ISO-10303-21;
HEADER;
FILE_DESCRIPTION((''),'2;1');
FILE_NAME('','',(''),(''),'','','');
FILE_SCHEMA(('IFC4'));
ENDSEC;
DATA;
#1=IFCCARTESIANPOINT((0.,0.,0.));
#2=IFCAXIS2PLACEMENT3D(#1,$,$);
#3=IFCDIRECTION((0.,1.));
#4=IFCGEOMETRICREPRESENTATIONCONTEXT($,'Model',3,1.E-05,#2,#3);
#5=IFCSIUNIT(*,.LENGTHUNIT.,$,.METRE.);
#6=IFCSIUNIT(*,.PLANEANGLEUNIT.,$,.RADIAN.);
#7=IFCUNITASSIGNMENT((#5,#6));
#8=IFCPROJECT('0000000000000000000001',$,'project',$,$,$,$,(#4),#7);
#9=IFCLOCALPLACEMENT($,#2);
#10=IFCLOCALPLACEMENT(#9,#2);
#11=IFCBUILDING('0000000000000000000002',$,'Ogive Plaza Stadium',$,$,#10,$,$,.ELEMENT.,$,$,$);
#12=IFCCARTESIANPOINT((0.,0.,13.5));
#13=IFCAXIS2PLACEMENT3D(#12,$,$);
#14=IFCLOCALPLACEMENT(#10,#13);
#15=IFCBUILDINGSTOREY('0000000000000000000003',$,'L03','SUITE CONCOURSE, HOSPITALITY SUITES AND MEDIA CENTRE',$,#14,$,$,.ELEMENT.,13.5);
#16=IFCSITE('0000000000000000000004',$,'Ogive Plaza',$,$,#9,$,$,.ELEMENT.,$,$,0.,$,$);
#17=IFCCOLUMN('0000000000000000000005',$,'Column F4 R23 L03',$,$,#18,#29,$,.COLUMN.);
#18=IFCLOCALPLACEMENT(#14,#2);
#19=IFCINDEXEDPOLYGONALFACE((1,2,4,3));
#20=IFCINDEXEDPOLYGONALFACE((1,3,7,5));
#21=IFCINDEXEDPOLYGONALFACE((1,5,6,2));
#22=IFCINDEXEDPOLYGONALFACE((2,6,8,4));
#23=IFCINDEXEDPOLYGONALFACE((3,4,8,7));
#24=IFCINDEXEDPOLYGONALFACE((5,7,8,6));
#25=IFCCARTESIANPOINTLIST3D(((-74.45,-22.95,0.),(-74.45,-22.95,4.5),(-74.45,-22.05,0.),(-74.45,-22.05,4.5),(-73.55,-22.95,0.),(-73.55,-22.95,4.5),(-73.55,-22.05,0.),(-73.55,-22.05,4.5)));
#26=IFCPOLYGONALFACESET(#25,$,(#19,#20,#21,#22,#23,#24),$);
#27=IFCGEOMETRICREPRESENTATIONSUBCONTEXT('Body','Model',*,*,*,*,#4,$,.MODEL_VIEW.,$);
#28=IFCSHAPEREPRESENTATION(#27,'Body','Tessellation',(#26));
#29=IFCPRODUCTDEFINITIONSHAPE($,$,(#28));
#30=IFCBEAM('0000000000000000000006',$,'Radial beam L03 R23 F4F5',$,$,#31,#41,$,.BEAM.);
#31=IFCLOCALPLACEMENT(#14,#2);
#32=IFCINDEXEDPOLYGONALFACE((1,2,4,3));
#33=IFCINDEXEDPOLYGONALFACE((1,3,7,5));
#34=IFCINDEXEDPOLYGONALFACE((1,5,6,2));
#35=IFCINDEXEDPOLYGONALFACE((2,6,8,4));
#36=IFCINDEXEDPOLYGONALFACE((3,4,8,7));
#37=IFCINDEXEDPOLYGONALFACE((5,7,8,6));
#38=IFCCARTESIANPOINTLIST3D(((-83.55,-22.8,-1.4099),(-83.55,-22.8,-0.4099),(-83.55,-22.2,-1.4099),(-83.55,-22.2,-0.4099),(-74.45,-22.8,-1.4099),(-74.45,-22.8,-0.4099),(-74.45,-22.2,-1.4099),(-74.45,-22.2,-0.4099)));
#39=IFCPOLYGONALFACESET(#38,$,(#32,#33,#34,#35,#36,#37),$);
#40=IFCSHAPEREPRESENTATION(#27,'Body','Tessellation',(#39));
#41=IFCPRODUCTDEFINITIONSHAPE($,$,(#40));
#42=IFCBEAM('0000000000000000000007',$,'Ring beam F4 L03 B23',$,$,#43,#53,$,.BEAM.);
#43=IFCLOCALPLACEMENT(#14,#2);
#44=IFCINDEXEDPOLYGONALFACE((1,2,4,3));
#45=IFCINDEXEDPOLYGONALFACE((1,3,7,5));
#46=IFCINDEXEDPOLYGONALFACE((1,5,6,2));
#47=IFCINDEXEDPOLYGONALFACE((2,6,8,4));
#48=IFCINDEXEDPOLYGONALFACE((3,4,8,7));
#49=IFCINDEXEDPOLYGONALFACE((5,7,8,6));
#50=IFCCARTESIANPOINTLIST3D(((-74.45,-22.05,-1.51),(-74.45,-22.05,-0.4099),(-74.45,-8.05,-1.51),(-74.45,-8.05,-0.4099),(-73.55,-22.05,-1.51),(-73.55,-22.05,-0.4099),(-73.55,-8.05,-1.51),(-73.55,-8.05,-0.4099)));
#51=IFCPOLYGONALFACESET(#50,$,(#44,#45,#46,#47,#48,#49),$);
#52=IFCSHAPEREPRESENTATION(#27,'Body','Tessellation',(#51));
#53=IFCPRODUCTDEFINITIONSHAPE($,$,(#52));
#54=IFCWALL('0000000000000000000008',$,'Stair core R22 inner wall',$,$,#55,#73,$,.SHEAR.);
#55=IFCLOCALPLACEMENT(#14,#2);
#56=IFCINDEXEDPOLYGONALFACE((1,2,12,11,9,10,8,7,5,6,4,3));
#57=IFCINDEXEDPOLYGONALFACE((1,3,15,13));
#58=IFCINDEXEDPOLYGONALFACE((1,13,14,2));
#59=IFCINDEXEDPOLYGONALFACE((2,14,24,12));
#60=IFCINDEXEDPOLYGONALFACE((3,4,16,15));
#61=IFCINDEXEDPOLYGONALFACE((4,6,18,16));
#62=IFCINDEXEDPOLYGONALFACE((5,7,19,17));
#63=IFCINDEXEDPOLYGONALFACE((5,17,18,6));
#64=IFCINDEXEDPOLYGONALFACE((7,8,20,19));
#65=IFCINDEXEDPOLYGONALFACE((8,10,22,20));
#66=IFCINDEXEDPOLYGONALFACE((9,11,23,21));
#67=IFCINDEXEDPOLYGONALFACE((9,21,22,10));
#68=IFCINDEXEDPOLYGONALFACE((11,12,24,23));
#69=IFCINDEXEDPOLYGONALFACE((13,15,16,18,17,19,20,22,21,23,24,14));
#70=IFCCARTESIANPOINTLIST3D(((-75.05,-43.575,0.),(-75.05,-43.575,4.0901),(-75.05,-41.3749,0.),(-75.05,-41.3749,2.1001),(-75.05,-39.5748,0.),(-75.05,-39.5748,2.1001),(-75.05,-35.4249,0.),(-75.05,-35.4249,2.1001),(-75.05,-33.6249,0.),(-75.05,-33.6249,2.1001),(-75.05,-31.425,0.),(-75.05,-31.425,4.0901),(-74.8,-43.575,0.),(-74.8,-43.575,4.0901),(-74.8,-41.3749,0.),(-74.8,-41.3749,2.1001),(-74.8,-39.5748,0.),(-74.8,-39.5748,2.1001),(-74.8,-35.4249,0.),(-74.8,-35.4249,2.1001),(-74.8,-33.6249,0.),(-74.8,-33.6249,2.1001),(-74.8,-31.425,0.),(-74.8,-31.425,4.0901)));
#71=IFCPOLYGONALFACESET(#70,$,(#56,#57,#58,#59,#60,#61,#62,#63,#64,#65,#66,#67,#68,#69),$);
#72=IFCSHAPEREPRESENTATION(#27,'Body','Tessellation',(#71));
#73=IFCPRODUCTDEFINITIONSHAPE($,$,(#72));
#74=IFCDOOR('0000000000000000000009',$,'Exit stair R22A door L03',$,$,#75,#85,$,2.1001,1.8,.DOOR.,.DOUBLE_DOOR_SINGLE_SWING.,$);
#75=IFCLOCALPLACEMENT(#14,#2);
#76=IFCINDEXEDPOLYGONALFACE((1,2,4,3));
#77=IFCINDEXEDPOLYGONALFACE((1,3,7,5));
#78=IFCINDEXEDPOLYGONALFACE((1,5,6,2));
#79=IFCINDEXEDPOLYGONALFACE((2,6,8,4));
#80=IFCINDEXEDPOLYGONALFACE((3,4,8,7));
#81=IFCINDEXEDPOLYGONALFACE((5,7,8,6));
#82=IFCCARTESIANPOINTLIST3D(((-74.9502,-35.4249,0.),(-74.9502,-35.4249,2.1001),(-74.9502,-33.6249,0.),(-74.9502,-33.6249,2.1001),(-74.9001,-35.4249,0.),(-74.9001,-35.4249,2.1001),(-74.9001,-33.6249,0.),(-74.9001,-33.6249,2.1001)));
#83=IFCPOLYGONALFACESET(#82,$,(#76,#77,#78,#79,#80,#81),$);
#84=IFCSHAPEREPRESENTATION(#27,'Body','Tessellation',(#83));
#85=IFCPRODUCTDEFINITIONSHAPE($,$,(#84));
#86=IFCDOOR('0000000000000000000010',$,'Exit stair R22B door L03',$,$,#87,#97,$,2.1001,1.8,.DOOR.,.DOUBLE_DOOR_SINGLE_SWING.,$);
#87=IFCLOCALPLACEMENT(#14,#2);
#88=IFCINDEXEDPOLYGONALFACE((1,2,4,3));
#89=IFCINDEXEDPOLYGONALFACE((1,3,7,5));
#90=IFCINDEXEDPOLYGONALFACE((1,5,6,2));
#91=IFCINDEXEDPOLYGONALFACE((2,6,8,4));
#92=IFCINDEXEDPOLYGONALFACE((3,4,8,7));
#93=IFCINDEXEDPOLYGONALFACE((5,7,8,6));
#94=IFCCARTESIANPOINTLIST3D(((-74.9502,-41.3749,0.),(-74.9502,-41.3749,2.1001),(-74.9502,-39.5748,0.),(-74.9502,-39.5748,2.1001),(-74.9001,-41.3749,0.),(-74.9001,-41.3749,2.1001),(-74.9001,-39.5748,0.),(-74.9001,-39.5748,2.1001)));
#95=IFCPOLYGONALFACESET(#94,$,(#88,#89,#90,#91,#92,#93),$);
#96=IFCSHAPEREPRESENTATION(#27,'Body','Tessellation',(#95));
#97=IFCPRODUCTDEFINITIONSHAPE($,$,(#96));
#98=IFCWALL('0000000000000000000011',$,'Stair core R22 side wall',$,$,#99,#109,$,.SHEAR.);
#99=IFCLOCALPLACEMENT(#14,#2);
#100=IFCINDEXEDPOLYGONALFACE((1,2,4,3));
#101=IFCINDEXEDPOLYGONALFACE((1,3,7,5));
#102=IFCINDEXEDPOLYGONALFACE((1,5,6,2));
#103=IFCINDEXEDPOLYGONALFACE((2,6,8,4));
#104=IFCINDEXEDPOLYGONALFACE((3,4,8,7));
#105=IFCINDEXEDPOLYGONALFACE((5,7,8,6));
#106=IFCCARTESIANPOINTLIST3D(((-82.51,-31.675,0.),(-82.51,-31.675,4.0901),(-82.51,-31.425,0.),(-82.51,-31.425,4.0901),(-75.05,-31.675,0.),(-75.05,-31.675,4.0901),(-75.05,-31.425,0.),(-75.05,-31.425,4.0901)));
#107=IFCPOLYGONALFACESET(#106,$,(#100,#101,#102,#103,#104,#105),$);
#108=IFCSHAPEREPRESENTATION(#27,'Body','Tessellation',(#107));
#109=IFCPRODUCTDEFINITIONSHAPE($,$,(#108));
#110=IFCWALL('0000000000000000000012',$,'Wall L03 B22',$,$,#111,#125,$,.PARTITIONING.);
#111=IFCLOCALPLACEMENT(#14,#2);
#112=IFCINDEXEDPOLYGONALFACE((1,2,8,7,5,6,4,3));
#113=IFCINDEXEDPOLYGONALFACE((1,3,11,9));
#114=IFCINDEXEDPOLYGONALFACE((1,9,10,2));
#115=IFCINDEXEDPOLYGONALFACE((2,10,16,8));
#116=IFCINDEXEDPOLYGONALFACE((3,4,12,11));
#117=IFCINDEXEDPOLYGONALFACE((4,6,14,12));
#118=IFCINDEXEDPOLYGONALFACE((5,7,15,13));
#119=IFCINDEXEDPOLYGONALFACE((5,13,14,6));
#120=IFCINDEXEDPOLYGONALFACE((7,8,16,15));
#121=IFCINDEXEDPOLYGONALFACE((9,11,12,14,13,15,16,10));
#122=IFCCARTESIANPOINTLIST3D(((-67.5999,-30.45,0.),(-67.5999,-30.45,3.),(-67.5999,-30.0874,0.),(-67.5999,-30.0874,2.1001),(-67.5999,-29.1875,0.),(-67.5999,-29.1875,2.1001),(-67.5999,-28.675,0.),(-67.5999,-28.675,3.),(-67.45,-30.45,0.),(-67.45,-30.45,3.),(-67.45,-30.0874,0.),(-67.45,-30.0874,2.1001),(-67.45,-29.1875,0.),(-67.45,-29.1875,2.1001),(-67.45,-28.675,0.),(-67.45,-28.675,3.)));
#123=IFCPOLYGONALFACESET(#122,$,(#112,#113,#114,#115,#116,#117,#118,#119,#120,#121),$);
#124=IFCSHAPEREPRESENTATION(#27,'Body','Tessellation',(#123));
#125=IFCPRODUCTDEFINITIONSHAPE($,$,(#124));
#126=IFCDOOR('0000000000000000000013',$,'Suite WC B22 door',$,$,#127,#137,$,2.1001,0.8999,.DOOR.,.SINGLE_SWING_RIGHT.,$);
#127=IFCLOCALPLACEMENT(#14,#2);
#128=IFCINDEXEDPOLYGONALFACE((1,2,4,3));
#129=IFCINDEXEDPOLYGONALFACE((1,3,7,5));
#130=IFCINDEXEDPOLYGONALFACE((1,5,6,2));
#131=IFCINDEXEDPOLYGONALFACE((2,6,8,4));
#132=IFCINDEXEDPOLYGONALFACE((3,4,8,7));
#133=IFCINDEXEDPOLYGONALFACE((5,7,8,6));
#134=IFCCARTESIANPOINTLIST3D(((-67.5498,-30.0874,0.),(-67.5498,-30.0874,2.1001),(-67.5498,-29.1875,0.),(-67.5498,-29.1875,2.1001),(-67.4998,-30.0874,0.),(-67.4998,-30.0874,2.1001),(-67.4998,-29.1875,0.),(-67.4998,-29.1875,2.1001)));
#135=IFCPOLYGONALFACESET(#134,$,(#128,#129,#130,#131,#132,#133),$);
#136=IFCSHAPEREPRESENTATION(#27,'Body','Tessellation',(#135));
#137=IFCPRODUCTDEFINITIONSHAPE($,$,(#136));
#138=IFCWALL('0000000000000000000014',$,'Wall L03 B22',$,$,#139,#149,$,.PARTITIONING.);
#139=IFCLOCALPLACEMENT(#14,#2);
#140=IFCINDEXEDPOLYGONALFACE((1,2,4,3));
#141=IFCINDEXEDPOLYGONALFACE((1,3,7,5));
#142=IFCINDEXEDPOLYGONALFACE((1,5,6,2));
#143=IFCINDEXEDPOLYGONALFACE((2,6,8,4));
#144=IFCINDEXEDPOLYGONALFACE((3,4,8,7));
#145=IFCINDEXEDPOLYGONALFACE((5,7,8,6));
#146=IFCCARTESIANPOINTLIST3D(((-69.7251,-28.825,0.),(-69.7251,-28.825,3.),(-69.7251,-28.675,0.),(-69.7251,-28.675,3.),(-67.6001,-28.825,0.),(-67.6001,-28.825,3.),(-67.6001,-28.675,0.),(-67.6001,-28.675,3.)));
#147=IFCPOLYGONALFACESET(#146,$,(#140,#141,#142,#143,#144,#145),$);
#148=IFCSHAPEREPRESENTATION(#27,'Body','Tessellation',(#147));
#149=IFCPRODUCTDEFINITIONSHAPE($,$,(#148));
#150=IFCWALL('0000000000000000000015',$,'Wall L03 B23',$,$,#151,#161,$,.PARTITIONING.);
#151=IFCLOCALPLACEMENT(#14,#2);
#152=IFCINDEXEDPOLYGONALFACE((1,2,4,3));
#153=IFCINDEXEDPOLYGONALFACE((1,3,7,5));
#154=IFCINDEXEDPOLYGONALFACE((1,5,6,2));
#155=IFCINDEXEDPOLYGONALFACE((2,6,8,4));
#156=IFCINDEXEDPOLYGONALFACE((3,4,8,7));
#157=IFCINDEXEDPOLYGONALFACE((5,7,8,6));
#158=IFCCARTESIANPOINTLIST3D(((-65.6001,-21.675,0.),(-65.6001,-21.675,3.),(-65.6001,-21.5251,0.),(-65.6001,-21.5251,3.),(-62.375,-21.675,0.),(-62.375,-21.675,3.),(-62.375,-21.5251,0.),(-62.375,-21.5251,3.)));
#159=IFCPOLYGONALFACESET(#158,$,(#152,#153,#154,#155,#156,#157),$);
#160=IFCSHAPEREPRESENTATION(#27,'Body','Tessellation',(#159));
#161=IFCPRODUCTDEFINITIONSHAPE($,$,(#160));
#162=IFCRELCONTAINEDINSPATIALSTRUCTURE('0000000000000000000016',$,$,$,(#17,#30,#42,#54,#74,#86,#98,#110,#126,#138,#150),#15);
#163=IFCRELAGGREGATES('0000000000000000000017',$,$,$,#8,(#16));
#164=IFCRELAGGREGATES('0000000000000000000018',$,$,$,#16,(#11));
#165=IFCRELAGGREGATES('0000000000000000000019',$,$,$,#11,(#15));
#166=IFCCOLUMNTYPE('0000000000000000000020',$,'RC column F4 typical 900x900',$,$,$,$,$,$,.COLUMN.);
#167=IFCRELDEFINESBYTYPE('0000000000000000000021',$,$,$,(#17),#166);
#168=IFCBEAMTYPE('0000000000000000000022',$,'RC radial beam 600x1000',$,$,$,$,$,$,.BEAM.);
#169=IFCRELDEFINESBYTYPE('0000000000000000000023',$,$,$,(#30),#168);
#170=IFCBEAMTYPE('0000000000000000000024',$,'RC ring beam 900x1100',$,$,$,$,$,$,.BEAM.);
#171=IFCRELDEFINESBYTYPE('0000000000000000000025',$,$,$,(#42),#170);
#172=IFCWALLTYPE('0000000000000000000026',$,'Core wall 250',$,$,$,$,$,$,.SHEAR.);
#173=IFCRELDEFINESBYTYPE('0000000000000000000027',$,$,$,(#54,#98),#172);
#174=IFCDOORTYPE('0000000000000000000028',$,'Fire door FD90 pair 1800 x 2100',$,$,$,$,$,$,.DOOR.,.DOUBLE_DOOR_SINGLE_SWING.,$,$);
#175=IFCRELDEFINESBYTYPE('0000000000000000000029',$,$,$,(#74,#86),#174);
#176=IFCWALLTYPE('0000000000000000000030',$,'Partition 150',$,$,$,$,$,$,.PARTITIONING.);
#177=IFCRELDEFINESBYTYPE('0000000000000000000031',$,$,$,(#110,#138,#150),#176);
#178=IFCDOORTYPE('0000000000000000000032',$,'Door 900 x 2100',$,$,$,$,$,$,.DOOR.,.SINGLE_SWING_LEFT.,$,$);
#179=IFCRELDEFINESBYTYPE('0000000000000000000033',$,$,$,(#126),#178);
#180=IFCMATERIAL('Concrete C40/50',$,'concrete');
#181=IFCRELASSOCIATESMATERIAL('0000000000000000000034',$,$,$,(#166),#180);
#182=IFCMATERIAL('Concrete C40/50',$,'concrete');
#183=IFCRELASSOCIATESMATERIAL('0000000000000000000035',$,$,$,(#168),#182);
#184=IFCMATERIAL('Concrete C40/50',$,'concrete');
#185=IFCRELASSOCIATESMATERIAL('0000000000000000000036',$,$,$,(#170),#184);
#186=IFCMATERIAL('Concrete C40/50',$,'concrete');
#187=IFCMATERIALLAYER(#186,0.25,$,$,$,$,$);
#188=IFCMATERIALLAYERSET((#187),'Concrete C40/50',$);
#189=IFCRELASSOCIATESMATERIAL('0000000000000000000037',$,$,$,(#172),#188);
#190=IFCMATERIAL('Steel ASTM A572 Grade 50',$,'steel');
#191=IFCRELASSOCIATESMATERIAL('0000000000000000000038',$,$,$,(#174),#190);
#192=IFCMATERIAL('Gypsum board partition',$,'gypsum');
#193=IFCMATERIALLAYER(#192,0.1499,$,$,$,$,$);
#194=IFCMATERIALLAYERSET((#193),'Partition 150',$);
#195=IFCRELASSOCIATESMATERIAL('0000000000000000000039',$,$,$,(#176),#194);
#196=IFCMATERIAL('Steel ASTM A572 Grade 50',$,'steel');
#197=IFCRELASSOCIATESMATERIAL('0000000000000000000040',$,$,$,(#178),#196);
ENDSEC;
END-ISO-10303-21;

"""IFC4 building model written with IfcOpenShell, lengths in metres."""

from ifc_helpers import new_model, si_unit, direction, frame, frame_2d, origin, origin_2d, place, context, subcontext, project, spatial, rectangle, extrude, material, layer, layer_set, material_profile, profile_set, type_object, element, fill, save


model = new_model("IFC4")

# Units and contexts
model_context = context("Model", 3, precision=1e-05, world=origin(), true_north=direction((0.0, 1.0)))
body_context = subcontext(model_context, "Body", "Model", "MODEL_VIEW")
ifc_project = project(units=[si_unit("LENGTHUNIT", "METRE"), si_unit("PLANEANGLEUNIT", "RADIAN")], contexts=[model_context])

# Site, building, storey
site_placement = place(None, origin())
site = spatial("IfcSite", under=ifc_project, at=site_placement, Name="Ogive Plaza", CompositionType="ELEMENT", RefElevation=0.0)
building_placement = place(site_placement, origin())
building = spatial("IfcBuilding", under=site, at=building_placement, Name="Ogive Plaza Stadium", CompositionType="ELEMENT")
storey_placement = place(building_placement, frame((0.0, 0.0, 13.5)))
storey = spatial("IfcBuildingStorey", under=building, at=storey_placement, Name="L03", Description="SUITE CONCOURSE, HOSPITALITY SUITES AND MEDIA CENTRE", CompositionType="ELEMENT", Elevation=13.5)

# Column
ifc_material_1 = material(Name="Concrete C40/50", Category="concrete")
ifc_material_profile_1 = material_profile(ifc_material_1, rectangle(XDim=0.8999, YDim=0.8999, at=origin_2d()), Name="RC 900x900")
ifc_profile_set_1 = profile_set([ifc_material_profile_1], Name="Concrete C40/50")
column_type = type_object("IfcColumnType", Name="RC column F4 typical 900x900", PredefinedType="COLUMN", material=ifc_profile_set_1)
column_placement = place(storey_placement, frame((-74.0, -22.5, 0.0), z_axis=(0.0, 0.0, 1.0), x_axis=(0.0, -1.0, 0.0)))
element("IfcColumn", 1, at=column_placement, inside=storey, type_object=column_type, Name="Column F4 R23 L03", PredefinedType="COLUMN", context=body_context, shape_type="SweptSolid", body=[
    extrude(rectangle(XDim=0.8999, YDim=0.8999, at=origin_2d()), origin(), (0.0, 0.0, 1.0), 4.5),
])

# Beams
ifc_material_2 = material(Name="Concrete C40/50", Category="concrete")
ifc_material_profile_2 = material_profile(ifc_material_2, rectangle(XDim=0.6001, YDim=1.0, at=origin_2d()), Name="RC 600x1000")
ifc_profile_set_2 = profile_set([ifc_material_profile_2], Name="Concrete C40/50")
beam_type_1 = type_object("IfcBeamType", Name="RC radial beam 600x1000", PredefinedType="BEAM", material=ifc_profile_set_2)
beam_1_placement = place(storey_placement, frame((-74.45, -22.5, -0.9099), z_axis=(-1.0, 0.0, 0.0), x_axis=(0.0, -1.0, 0.0)))
element("IfcBeam", 2, at=beam_1_placement, inside=storey, type_object=beam_type_1, Name="Radial beam L03 R23 F4F5", PredefinedType="BEAM", context=body_context, shape_type="SweptSolid", body=[
    extrude(rectangle(XDim=0.6001, YDim=1.0, at=origin_2d()), origin(), (0.0, 0.0, 1.0), 9.1001),
])
ifc_material_3 = material(Name="Concrete C40/50", Category="concrete")
ifc_material_profile_3 = material_profile(ifc_material_3, rectangle(XDim=0.8999, YDim=1.1001, at=origin_2d()), Name="RC 900x1100")
ifc_profile_set_3 = profile_set([ifc_material_profile_3], Name="Concrete C40/50")
beam_type_2 = type_object("IfcBeamType", Name="RC ring beam 900x1100", PredefinedType="BEAM", material=ifc_profile_set_3)
beam_2_placement = place(storey_placement, frame((-74.0, -22.05, -0.96), z_axis=(0.0, 1.0, 0.0), x_axis=(-1.0, 0.0, 0.0)))
element("IfcBeam", 3, at=beam_2_placement, inside=storey, type_object=beam_type_2, Name="Ring beam F4 L03 B23", PredefinedType="BEAM", context=body_context, shape_type="SweptSolid", body=[
    extrude(rectangle(XDim=0.8999, YDim=1.1001, at=origin_2d()), origin(), (0.0, 0.0, 1.0), 14.0),
])

# Wall, openings, doors
ifc_material_4 = material(Name="Concrete C40/50", Category="concrete")
ifc_layer_1 = layer(ifc_material_4, 0.25)
ifc_layer_set_1 = layer_set([ifc_layer_1], Name="Concrete C40/50")
wall_type_1 = type_object("IfcWallType", Name="Core wall 250", PredefinedType="SHEAR", material=ifc_layer_set_1)
wall_1_placement = place(storey_placement, frame((-74.925, -31.425, 0.0), z_axis=(0.0, 0.0, 1.0), x_axis=(0.0, -1.0, 0.0)))
wall_1 = element("IfcWall", 4, at=wall_1_placement, inside=storey, type_object=wall_type_1, Name="Stair core R22 inner wall", PredefinedType="SHEAR", context=body_context, shape_type="SweptSolid", body=[
    extrude(rectangle(XDim=12.1499, YDim=0.25, at=frame_2d((6.075, 0.0))), origin(), (0.0, 0.0, 1.0), 4.0901),
])
opening_1_placement = place(wall_1_placement, frame((2.2, 0.0, 0.0)))
opening_1 = element("IfcOpeningElement", 5, at=opening_1_placement, cuts=wall_1, PredefinedType="OPENING", context=body_context, shape_type="SweptSolid", body=[
    extrude(rectangle(XDim=1.8, YDim=2.1001, at=frame_2d((0.8999, 1.05))), frame((0.0, 0.125, 0.0), z_axis=(0.0, -1.0, 0.0), x_axis=(1.0, 0.0, 0.0)), (0.0, 0.0, 1.0), 0.25),
])
opening_2_placement = place(wall_1_placement, frame((8.1499, 0.0, 0.0)))
opening_2 = element("IfcOpeningElement", 6, at=opening_2_placement, cuts=wall_1, PredefinedType="OPENING", context=body_context, shape_type="SweptSolid", body=[
    extrude(rectangle(XDim=1.8, YDim=2.1001, at=frame_2d((0.8999, 1.05))), frame((0.0, 0.125, 0.0), z_axis=(0.0, -1.0, 0.0), x_axis=(1.0, 0.0, 0.0)), (0.0, 0.0, 1.0), 0.25),
])
ifc_material_5 = material(Name="Steel ASTM A572 Grade 50", Category="steel")
door_type_1 = type_object("IfcDoorType", Name="Fire door FD90 pair 1800 x 2100", OperationType="DOUBLE_DOOR_SINGLE_SWING", PredefinedType="DOOR", material=ifc_material_5)
door_1_placement = place(opening_1_placement, origin())
door_1 = element("IfcDoor", 7, at=door_1_placement, inside=storey, type_object=door_type_1, Name="Exit stair R22A door L03", OperationType="DOUBLE_DOOR_SINGLE_SWING", OverallHeight=2.1001, OverallWidth=1.8, PredefinedType="DOOR", context=body_context, shape_type="SweptSolid", body=[
    extrude(rectangle(XDim=1.8, YDim=2.1001, at=frame_2d((0.8999, 1.05))), frame((0.0, 0.0249, 0.0), z_axis=(0.0, -1.0, 0.0), x_axis=(1.0, 0.0, 0.0)), (0.0, 0.0, 1.0), 0.05),
])
fill(opening_1, door_1)
door_2_placement = place(opening_2_placement, origin())
door_2 = element("IfcDoor", 8, at=door_2_placement, inside=storey, type_object=door_type_1, Name="Exit stair R22B door L03", OperationType="DOUBLE_DOOR_SINGLE_SWING", OverallHeight=2.1001, OverallWidth=1.8, PredefinedType="DOOR", context=body_context, shape_type="SweptSolid", body=[
    extrude(rectangle(XDim=1.8, YDim=2.1001, at=frame_2d((0.8999, 1.05))), frame((0.0, 0.0249, 0.0), z_axis=(0.0, -1.0, 0.0), x_axis=(1.0, 0.0, 0.0)), (0.0, 0.0, 1.0), 0.05),
])
fill(opening_2, door_2)

# Wall
wall_2_placement = place(storey_placement, frame((-75.05, -31.55, 0.0), z_axis=(0.0, 0.0, 1.0), x_axis=(-1.0, 0.0, 0.0)))
element("IfcWall", 9, at=wall_2_placement, inside=storey, type_object=wall_type_1, Name="Stair core R22 side wall", PredefinedType="SHEAR", context=body_context, shape_type="SweptSolid", body=[
    extrude(rectangle(XDim=7.46, YDim=0.25, at=frame_2d((3.73, 0.0))), origin(), (0.0, 0.0, 1.0), 4.0901),
])

# Wall, opening, door
ifc_material_6 = material(Name="Gypsum board partition", Category="gypsum")
ifc_layer_2 = layer(ifc_material_6, 0.1499)
ifc_layer_set_2 = layer_set([ifc_layer_2], Name="Partition 150")
wall_type_2 = type_object("IfcWallType", Name="Partition 150", PredefinedType="PARTITIONING", material=ifc_layer_set_2)
wall_3_placement = place(storey_placement, frame((-67.5249, -30.45, 0.0), z_axis=(0.0, 0.0, 1.0), x_axis=(0.0, 1.0, 0.0)))
wall_3 = element("IfcWall", 10, at=wall_3_placement, inside=storey, type_object=wall_type_2, Name="Wall L03 B22", PredefinedType="PARTITIONING", context=body_context, shape_type="SweptSolid", body=[
    extrude(rectangle(XDim=1.7749, YDim=0.1499, at=frame_2d((0.8875, 0.0))), origin(), (0.0, 0.0, 1.0), 3.0),
])
opening_3_placement = place(wall_3_placement, frame((0.3625, 0.0, 0.0)))
opening_3 = element("IfcOpeningElement", 11, at=opening_3_placement, cuts=wall_3, PredefinedType="OPENING", context=body_context, shape_type="SweptSolid", body=[
    extrude(rectangle(XDim=0.8999, YDim=2.1001, at=frame_2d((0.45, 1.05))), frame((0.0, 0.075, 0.0), z_axis=(0.0, -1.0, 0.0), x_axis=(1.0, 0.0, 0.0)), (0.0, 0.0, 1.0), 0.1499),
])
ifc_material_7 = material(Name="Steel ASTM A572 Grade 50", Category="steel")
door_type_2 = type_object("IfcDoorType", Name="Door 900 x 2100", OperationType="SINGLE_SWING_LEFT", PredefinedType="DOOR", material=ifc_material_7)
door_3_placement = place(opening_3_placement, origin())
door_3 = element("IfcDoor", 12, at=door_3_placement, inside=storey, type_object=door_type_2, Name="Suite WC B22 door", OperationType="SINGLE_SWING_RIGHT", OverallHeight=2.1001, OverallWidth=0.8999, PredefinedType="DOOR", context=body_context, shape_type="SweptSolid", body=[
    extrude(rectangle(XDim=0.8999, YDim=2.1001, at=frame_2d((0.45, 1.05))), frame((0.0, 0.0249, 0.0), z_axis=(0.0, -1.0, 0.0), x_axis=(1.0, 0.0, 0.0)), (0.0, 0.0, 1.0), 0.05),
])
fill(opening_3, door_3)

# Walls
wall_4_placement = place(storey_placement, frame((-67.6001, -28.75, 0.0), z_axis=(0.0, 0.0, 1.0), x_axis=(-1.0, 0.0, 0.0)))
element("IfcWall", 13, at=wall_4_placement, inside=storey, type_object=wall_type_2, Name="Wall L03 B22", PredefinedType="PARTITIONING", context=body_context, shape_type="SweptSolid", body=[
    extrude(rectangle(XDim=2.125, YDim=0.1499, at=frame_2d((1.0625, 0.0))), origin(), (0.0, 0.0, 1.0), 3.0),
])
wall_5_placement = place(storey_placement, frame((-62.375, -21.6001, 0.0), z_axis=(0.0, 0.0, 1.0), x_axis=(-1.0, 0.0, 0.0)))
element("IfcWall", 14, at=wall_5_placement, inside=storey, type_object=wall_type_2, Name="Wall L03 B23", PredefinedType="PARTITIONING", context=body_context, shape_type="SweptSolid", body=[
    extrude(rectangle(XDim=3.2251, YDim=0.1499, at=frame_2d((1.6125, 0.0))), origin(), (0.0, 0.0, 1.0), 3.0),
])

save(model, "model.ifc")
